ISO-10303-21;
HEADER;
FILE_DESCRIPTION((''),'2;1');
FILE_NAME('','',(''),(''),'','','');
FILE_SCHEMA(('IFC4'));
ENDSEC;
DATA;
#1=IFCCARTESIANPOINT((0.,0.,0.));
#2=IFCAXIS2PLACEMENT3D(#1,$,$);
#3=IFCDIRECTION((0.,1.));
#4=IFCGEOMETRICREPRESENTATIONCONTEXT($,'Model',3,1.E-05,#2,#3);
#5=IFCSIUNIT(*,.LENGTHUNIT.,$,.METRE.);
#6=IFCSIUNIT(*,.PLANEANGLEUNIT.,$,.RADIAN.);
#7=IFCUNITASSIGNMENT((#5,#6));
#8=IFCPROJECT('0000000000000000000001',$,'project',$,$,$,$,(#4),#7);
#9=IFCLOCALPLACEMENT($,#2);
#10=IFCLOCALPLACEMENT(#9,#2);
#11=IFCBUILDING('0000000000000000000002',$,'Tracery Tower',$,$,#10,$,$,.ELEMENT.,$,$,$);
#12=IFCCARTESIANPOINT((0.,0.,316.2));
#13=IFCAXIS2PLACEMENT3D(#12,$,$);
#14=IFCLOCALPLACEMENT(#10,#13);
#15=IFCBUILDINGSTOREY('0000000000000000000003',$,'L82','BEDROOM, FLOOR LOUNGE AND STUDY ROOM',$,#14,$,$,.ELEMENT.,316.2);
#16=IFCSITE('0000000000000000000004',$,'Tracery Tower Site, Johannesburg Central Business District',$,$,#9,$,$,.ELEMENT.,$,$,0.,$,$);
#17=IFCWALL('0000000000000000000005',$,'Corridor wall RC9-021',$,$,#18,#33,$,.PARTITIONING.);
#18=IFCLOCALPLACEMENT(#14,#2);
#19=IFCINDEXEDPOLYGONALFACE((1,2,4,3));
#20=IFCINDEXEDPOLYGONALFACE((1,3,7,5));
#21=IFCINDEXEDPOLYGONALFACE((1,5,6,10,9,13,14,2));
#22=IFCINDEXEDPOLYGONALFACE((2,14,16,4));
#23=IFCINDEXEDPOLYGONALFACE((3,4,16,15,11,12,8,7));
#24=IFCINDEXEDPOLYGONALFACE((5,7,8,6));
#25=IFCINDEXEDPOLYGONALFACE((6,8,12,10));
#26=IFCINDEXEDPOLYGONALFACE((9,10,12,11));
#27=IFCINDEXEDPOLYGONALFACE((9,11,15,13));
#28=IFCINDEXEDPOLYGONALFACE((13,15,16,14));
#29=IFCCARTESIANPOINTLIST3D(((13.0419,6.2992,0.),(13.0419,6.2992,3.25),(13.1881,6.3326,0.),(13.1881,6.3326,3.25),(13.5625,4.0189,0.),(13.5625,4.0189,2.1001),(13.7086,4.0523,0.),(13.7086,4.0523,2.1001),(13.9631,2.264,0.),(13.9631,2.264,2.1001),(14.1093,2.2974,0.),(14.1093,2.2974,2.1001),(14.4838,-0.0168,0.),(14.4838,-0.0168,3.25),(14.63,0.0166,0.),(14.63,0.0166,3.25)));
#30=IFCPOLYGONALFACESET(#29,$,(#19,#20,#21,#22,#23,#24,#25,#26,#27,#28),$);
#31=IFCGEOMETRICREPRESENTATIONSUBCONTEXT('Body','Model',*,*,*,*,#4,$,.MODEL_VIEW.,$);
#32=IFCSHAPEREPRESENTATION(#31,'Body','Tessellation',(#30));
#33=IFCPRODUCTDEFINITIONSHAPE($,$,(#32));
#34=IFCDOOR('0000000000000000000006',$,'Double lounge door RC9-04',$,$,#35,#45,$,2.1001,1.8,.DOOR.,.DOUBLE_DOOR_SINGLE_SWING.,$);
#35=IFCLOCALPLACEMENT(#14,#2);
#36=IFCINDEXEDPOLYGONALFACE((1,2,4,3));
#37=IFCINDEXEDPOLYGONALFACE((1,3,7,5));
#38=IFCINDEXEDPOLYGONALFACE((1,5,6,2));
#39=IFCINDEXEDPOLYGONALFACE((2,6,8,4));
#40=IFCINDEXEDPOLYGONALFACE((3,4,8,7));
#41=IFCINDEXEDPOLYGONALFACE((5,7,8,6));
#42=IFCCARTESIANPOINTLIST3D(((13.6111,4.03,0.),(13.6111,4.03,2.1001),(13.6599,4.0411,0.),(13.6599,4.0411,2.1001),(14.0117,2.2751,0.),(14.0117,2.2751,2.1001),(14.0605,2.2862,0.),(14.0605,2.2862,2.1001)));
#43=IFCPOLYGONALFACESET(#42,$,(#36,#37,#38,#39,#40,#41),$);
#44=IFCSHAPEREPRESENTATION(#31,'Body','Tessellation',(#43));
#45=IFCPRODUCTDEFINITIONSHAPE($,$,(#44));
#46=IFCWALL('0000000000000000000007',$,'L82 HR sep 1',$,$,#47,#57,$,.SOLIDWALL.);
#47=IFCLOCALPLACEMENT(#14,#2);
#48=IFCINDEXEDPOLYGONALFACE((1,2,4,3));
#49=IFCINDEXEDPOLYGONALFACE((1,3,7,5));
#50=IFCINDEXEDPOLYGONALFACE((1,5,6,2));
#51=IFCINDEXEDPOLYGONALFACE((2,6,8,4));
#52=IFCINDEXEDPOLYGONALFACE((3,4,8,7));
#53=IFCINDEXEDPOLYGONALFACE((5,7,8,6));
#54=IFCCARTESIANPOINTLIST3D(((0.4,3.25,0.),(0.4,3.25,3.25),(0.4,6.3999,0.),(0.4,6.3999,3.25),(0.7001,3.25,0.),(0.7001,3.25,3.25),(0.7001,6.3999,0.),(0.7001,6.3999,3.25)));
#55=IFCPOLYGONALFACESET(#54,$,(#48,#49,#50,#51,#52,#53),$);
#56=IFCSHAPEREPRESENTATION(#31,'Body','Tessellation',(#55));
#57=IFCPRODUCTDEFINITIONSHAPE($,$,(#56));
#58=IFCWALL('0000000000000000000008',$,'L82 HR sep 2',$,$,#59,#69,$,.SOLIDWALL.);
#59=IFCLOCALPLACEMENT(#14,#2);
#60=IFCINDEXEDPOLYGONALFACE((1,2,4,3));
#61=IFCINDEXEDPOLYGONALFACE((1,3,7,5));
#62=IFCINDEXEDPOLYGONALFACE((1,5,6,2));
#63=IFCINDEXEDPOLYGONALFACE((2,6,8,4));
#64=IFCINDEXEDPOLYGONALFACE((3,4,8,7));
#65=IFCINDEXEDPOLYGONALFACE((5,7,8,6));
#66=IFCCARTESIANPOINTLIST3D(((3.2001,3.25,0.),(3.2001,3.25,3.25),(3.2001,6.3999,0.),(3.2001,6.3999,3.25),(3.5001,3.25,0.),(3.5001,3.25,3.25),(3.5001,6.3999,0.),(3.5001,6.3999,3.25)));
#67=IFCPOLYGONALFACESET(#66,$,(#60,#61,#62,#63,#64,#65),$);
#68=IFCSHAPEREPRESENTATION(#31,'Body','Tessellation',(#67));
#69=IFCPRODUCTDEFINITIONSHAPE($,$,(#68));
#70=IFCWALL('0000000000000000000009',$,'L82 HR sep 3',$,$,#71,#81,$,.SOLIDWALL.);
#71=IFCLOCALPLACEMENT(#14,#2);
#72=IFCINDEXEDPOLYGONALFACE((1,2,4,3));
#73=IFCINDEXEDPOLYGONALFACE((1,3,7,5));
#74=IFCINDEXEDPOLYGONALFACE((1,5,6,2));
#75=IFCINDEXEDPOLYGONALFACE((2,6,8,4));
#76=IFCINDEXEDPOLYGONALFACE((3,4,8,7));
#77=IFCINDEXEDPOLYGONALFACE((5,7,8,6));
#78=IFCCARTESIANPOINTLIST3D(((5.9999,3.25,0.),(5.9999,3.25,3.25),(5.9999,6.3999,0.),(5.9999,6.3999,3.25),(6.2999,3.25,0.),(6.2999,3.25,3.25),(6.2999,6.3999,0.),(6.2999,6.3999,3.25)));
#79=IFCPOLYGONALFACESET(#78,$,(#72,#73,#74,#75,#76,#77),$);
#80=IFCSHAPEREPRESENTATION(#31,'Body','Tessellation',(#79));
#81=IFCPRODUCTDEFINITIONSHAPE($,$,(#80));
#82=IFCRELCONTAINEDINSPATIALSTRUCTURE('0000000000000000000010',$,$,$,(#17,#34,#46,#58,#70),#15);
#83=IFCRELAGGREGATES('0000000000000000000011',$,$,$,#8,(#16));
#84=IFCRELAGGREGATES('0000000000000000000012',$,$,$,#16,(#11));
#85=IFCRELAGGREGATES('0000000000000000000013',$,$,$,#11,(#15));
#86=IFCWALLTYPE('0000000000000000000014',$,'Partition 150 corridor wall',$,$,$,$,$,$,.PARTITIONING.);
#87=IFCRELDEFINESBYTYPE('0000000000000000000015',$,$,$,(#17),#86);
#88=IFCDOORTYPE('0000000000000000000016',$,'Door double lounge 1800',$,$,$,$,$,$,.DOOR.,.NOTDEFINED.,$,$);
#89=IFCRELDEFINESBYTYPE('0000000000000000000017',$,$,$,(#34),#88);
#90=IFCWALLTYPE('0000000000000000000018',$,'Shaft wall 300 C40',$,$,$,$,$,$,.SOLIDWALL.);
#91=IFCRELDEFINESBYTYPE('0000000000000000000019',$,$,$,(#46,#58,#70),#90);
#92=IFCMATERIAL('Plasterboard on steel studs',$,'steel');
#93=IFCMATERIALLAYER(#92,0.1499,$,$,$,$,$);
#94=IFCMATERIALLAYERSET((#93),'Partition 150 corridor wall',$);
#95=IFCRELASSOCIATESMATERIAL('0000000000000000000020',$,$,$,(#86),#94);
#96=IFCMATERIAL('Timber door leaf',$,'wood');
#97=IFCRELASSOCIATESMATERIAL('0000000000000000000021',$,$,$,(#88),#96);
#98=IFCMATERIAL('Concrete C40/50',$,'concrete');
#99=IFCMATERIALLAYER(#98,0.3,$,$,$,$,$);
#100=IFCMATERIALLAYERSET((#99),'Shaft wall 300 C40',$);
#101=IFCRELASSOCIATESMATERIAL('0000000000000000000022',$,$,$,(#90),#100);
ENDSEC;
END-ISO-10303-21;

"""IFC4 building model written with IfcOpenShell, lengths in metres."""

from ifc_helpers import new_model, si_unit, direction, frame, frame_2d, origin, place, context, subcontext, project, spatial, rectangle, extrude, material, layer, layer_set, type_object, element, fill, save


model = new_model("IFC4")

# Units and contexts
model_context = context("Model", 3, precision=1e-05, world=origin(), true_north=direction((0.0, 1.0)))
body_context = subcontext(model_context, "Body", "Model", "MODEL_VIEW")
ifc_project = project(units=[si_unit("LENGTHUNIT", "METRE"), si_unit("PLANEANGLEUNIT", "RADIAN")], contexts=[model_context])

# Site, building, storey
site_placement = place(None, origin())
site = spatial("IfcSite", under=ifc_project, at=site_placement, Name="Tracery Tower Site, Johannesburg Central Business District", CompositionType="ELEMENT", RefElevation=0.0)
building_placement = place(site_placement, origin())
building = spatial("IfcBuilding", under=site, at=building_placement, Name="Tracery Tower", CompositionType="ELEMENT")
storey_placement = place(building_placement, frame((0.0, 0.0, 316.2)))
storey = spatial("IfcBuildingStorey", under=building, at=storey_placement, Name="L82", Description="BEDROOM, FLOOR LOUNGE AND STUDY ROOM", CompositionType="ELEMENT", Elevation=316.2)

# Shared definitions
ifc_material_1 = material(Name="Plasterboard on steel studs", Category="steel")
ifc_layer_1 = layer(ifc_material_1, 0.1499)
ifc_layer_set_1 = layer_set([ifc_layer_1], Name="Partition 150 corridor wall")
wall_type_1 = type_object("IfcWallType", Name="Partition 150 corridor wall", PredefinedType="PARTITIONING", material=ifc_layer_set_1)

# Wall, opening, door
wall_1_placement = place(storey_placement, frame((13.115, 6.3159, 0.0), z_axis=(0.0, 0.0, 1.0), x_axis=(0.222569, -0.974917, 0.0)))
wall_1 = element("IfcWall", 1, at=wall_1_placement, inside=storey, type_object=wall_type_1, Name="Corridor wall RC9-021", PredefinedType="PARTITIONING", context=body_context, shape_type="SweptSolid", body=[
    extrude(rectangle(XDim=6.4785, YDim=0.1499, at=frame_2d((3.2393, 0.0))), origin(), (0.0, 0.0, 1.0), 3.25),
])
opening_1_placement = place(wall_1_placement, frame((2.3391, 0.0, 0.0)))
opening_1 = element("IfcOpeningElement", 2, at=opening_1_placement, cuts=wall_1, PredefinedType="OPENING", context=body_context, shape_type="SweptSolid", body=[
    extrude(rectangle(XDim=1.8, YDim=2.1001, at=frame_2d((0.8999, 1.05))), frame((0.0, 0.075, 0.0), z_axis=(0.0, -1.0, 0.0), x_axis=(1.0, 0.0, 0.0)), (0.0, 0.0, 1.0), 0.1499),
])
ifc_material_2 = material(Name="Timber door leaf", Category="wood")
door_type_1 = type_object("IfcDoorType", Name="Door double lounge 1800", OperationType="NOTDEFINED", PredefinedType="DOOR", material=ifc_material_2)
door_1_placement = place(opening_1_placement, origin())
door_1 = element("IfcDoor", 3, at=door_1_placement, inside=storey, type_object=door_type_1, Name="Double lounge door RC9-04", OperationType="DOUBLE_DOOR_SINGLE_SWING", OverallHeight=2.1001, OverallWidth=1.8, PredefinedType="DOOR", context=body_context, shape_type="SweptSolid", body=[
    extrude(rectangle(XDim=1.8, YDim=2.1001, at=frame_2d((0.8999, 1.05))), frame((0.0, 0.0249, 0.0), z_axis=(0.0, -1.0, 0.0), x_axis=(1.0, 0.0, 0.0)), (0.0, 0.0, 1.0), 0.05),
])
fill(opening_1, door_1)

# Walls
ifc_material_3 = material(Name="Concrete C40/50", Category="concrete")
ifc_layer_2 = layer(ifc_material_3, 0.3)
ifc_layer_set_2 = layer_set([ifc_layer_2], Name="Shaft wall 300 C40")
wall_type_2 = type_object("IfcWallType", Name="Shaft wall 300 C40", PredefinedType="SOLIDWALL", material=ifc_layer_set_2)
for number, where, z_axis, x_axis, name in (
    (4, (0.55, 3.25, 0.0), (0.0, 0.0, 1.0), (0.0, 1.0, 0.0), "L82 HR sep 1"),
    (5, (3.3501, 3.25, 0.0), (0.0, 0.0, 1.0), (0.0, 1.0, 0.0), "L82 HR sep 2"),
    (6, (6.1499, 3.25, 0.0), (0.0, 0.0, 1.0), (0.0, 1.0, 0.0), "L82 HR sep 3"),
):
    element("IfcWall", number, at=place(storey_placement, frame(where, z_axis=z_axis, x_axis=x_axis)), inside=storey, type_object=wall_type_2, Name=name, PredefinedType="SOLIDWALL", context=body_context, shape_type="SweptSolid", body=[
        extrude(rectangle(XDim=3.1499, YDim=0.3, at=frame_2d((1.575, 0.0))), origin(), (0.0, 0.0, 1.0), 3.25),
    ])

save(model, "model.ifc")
